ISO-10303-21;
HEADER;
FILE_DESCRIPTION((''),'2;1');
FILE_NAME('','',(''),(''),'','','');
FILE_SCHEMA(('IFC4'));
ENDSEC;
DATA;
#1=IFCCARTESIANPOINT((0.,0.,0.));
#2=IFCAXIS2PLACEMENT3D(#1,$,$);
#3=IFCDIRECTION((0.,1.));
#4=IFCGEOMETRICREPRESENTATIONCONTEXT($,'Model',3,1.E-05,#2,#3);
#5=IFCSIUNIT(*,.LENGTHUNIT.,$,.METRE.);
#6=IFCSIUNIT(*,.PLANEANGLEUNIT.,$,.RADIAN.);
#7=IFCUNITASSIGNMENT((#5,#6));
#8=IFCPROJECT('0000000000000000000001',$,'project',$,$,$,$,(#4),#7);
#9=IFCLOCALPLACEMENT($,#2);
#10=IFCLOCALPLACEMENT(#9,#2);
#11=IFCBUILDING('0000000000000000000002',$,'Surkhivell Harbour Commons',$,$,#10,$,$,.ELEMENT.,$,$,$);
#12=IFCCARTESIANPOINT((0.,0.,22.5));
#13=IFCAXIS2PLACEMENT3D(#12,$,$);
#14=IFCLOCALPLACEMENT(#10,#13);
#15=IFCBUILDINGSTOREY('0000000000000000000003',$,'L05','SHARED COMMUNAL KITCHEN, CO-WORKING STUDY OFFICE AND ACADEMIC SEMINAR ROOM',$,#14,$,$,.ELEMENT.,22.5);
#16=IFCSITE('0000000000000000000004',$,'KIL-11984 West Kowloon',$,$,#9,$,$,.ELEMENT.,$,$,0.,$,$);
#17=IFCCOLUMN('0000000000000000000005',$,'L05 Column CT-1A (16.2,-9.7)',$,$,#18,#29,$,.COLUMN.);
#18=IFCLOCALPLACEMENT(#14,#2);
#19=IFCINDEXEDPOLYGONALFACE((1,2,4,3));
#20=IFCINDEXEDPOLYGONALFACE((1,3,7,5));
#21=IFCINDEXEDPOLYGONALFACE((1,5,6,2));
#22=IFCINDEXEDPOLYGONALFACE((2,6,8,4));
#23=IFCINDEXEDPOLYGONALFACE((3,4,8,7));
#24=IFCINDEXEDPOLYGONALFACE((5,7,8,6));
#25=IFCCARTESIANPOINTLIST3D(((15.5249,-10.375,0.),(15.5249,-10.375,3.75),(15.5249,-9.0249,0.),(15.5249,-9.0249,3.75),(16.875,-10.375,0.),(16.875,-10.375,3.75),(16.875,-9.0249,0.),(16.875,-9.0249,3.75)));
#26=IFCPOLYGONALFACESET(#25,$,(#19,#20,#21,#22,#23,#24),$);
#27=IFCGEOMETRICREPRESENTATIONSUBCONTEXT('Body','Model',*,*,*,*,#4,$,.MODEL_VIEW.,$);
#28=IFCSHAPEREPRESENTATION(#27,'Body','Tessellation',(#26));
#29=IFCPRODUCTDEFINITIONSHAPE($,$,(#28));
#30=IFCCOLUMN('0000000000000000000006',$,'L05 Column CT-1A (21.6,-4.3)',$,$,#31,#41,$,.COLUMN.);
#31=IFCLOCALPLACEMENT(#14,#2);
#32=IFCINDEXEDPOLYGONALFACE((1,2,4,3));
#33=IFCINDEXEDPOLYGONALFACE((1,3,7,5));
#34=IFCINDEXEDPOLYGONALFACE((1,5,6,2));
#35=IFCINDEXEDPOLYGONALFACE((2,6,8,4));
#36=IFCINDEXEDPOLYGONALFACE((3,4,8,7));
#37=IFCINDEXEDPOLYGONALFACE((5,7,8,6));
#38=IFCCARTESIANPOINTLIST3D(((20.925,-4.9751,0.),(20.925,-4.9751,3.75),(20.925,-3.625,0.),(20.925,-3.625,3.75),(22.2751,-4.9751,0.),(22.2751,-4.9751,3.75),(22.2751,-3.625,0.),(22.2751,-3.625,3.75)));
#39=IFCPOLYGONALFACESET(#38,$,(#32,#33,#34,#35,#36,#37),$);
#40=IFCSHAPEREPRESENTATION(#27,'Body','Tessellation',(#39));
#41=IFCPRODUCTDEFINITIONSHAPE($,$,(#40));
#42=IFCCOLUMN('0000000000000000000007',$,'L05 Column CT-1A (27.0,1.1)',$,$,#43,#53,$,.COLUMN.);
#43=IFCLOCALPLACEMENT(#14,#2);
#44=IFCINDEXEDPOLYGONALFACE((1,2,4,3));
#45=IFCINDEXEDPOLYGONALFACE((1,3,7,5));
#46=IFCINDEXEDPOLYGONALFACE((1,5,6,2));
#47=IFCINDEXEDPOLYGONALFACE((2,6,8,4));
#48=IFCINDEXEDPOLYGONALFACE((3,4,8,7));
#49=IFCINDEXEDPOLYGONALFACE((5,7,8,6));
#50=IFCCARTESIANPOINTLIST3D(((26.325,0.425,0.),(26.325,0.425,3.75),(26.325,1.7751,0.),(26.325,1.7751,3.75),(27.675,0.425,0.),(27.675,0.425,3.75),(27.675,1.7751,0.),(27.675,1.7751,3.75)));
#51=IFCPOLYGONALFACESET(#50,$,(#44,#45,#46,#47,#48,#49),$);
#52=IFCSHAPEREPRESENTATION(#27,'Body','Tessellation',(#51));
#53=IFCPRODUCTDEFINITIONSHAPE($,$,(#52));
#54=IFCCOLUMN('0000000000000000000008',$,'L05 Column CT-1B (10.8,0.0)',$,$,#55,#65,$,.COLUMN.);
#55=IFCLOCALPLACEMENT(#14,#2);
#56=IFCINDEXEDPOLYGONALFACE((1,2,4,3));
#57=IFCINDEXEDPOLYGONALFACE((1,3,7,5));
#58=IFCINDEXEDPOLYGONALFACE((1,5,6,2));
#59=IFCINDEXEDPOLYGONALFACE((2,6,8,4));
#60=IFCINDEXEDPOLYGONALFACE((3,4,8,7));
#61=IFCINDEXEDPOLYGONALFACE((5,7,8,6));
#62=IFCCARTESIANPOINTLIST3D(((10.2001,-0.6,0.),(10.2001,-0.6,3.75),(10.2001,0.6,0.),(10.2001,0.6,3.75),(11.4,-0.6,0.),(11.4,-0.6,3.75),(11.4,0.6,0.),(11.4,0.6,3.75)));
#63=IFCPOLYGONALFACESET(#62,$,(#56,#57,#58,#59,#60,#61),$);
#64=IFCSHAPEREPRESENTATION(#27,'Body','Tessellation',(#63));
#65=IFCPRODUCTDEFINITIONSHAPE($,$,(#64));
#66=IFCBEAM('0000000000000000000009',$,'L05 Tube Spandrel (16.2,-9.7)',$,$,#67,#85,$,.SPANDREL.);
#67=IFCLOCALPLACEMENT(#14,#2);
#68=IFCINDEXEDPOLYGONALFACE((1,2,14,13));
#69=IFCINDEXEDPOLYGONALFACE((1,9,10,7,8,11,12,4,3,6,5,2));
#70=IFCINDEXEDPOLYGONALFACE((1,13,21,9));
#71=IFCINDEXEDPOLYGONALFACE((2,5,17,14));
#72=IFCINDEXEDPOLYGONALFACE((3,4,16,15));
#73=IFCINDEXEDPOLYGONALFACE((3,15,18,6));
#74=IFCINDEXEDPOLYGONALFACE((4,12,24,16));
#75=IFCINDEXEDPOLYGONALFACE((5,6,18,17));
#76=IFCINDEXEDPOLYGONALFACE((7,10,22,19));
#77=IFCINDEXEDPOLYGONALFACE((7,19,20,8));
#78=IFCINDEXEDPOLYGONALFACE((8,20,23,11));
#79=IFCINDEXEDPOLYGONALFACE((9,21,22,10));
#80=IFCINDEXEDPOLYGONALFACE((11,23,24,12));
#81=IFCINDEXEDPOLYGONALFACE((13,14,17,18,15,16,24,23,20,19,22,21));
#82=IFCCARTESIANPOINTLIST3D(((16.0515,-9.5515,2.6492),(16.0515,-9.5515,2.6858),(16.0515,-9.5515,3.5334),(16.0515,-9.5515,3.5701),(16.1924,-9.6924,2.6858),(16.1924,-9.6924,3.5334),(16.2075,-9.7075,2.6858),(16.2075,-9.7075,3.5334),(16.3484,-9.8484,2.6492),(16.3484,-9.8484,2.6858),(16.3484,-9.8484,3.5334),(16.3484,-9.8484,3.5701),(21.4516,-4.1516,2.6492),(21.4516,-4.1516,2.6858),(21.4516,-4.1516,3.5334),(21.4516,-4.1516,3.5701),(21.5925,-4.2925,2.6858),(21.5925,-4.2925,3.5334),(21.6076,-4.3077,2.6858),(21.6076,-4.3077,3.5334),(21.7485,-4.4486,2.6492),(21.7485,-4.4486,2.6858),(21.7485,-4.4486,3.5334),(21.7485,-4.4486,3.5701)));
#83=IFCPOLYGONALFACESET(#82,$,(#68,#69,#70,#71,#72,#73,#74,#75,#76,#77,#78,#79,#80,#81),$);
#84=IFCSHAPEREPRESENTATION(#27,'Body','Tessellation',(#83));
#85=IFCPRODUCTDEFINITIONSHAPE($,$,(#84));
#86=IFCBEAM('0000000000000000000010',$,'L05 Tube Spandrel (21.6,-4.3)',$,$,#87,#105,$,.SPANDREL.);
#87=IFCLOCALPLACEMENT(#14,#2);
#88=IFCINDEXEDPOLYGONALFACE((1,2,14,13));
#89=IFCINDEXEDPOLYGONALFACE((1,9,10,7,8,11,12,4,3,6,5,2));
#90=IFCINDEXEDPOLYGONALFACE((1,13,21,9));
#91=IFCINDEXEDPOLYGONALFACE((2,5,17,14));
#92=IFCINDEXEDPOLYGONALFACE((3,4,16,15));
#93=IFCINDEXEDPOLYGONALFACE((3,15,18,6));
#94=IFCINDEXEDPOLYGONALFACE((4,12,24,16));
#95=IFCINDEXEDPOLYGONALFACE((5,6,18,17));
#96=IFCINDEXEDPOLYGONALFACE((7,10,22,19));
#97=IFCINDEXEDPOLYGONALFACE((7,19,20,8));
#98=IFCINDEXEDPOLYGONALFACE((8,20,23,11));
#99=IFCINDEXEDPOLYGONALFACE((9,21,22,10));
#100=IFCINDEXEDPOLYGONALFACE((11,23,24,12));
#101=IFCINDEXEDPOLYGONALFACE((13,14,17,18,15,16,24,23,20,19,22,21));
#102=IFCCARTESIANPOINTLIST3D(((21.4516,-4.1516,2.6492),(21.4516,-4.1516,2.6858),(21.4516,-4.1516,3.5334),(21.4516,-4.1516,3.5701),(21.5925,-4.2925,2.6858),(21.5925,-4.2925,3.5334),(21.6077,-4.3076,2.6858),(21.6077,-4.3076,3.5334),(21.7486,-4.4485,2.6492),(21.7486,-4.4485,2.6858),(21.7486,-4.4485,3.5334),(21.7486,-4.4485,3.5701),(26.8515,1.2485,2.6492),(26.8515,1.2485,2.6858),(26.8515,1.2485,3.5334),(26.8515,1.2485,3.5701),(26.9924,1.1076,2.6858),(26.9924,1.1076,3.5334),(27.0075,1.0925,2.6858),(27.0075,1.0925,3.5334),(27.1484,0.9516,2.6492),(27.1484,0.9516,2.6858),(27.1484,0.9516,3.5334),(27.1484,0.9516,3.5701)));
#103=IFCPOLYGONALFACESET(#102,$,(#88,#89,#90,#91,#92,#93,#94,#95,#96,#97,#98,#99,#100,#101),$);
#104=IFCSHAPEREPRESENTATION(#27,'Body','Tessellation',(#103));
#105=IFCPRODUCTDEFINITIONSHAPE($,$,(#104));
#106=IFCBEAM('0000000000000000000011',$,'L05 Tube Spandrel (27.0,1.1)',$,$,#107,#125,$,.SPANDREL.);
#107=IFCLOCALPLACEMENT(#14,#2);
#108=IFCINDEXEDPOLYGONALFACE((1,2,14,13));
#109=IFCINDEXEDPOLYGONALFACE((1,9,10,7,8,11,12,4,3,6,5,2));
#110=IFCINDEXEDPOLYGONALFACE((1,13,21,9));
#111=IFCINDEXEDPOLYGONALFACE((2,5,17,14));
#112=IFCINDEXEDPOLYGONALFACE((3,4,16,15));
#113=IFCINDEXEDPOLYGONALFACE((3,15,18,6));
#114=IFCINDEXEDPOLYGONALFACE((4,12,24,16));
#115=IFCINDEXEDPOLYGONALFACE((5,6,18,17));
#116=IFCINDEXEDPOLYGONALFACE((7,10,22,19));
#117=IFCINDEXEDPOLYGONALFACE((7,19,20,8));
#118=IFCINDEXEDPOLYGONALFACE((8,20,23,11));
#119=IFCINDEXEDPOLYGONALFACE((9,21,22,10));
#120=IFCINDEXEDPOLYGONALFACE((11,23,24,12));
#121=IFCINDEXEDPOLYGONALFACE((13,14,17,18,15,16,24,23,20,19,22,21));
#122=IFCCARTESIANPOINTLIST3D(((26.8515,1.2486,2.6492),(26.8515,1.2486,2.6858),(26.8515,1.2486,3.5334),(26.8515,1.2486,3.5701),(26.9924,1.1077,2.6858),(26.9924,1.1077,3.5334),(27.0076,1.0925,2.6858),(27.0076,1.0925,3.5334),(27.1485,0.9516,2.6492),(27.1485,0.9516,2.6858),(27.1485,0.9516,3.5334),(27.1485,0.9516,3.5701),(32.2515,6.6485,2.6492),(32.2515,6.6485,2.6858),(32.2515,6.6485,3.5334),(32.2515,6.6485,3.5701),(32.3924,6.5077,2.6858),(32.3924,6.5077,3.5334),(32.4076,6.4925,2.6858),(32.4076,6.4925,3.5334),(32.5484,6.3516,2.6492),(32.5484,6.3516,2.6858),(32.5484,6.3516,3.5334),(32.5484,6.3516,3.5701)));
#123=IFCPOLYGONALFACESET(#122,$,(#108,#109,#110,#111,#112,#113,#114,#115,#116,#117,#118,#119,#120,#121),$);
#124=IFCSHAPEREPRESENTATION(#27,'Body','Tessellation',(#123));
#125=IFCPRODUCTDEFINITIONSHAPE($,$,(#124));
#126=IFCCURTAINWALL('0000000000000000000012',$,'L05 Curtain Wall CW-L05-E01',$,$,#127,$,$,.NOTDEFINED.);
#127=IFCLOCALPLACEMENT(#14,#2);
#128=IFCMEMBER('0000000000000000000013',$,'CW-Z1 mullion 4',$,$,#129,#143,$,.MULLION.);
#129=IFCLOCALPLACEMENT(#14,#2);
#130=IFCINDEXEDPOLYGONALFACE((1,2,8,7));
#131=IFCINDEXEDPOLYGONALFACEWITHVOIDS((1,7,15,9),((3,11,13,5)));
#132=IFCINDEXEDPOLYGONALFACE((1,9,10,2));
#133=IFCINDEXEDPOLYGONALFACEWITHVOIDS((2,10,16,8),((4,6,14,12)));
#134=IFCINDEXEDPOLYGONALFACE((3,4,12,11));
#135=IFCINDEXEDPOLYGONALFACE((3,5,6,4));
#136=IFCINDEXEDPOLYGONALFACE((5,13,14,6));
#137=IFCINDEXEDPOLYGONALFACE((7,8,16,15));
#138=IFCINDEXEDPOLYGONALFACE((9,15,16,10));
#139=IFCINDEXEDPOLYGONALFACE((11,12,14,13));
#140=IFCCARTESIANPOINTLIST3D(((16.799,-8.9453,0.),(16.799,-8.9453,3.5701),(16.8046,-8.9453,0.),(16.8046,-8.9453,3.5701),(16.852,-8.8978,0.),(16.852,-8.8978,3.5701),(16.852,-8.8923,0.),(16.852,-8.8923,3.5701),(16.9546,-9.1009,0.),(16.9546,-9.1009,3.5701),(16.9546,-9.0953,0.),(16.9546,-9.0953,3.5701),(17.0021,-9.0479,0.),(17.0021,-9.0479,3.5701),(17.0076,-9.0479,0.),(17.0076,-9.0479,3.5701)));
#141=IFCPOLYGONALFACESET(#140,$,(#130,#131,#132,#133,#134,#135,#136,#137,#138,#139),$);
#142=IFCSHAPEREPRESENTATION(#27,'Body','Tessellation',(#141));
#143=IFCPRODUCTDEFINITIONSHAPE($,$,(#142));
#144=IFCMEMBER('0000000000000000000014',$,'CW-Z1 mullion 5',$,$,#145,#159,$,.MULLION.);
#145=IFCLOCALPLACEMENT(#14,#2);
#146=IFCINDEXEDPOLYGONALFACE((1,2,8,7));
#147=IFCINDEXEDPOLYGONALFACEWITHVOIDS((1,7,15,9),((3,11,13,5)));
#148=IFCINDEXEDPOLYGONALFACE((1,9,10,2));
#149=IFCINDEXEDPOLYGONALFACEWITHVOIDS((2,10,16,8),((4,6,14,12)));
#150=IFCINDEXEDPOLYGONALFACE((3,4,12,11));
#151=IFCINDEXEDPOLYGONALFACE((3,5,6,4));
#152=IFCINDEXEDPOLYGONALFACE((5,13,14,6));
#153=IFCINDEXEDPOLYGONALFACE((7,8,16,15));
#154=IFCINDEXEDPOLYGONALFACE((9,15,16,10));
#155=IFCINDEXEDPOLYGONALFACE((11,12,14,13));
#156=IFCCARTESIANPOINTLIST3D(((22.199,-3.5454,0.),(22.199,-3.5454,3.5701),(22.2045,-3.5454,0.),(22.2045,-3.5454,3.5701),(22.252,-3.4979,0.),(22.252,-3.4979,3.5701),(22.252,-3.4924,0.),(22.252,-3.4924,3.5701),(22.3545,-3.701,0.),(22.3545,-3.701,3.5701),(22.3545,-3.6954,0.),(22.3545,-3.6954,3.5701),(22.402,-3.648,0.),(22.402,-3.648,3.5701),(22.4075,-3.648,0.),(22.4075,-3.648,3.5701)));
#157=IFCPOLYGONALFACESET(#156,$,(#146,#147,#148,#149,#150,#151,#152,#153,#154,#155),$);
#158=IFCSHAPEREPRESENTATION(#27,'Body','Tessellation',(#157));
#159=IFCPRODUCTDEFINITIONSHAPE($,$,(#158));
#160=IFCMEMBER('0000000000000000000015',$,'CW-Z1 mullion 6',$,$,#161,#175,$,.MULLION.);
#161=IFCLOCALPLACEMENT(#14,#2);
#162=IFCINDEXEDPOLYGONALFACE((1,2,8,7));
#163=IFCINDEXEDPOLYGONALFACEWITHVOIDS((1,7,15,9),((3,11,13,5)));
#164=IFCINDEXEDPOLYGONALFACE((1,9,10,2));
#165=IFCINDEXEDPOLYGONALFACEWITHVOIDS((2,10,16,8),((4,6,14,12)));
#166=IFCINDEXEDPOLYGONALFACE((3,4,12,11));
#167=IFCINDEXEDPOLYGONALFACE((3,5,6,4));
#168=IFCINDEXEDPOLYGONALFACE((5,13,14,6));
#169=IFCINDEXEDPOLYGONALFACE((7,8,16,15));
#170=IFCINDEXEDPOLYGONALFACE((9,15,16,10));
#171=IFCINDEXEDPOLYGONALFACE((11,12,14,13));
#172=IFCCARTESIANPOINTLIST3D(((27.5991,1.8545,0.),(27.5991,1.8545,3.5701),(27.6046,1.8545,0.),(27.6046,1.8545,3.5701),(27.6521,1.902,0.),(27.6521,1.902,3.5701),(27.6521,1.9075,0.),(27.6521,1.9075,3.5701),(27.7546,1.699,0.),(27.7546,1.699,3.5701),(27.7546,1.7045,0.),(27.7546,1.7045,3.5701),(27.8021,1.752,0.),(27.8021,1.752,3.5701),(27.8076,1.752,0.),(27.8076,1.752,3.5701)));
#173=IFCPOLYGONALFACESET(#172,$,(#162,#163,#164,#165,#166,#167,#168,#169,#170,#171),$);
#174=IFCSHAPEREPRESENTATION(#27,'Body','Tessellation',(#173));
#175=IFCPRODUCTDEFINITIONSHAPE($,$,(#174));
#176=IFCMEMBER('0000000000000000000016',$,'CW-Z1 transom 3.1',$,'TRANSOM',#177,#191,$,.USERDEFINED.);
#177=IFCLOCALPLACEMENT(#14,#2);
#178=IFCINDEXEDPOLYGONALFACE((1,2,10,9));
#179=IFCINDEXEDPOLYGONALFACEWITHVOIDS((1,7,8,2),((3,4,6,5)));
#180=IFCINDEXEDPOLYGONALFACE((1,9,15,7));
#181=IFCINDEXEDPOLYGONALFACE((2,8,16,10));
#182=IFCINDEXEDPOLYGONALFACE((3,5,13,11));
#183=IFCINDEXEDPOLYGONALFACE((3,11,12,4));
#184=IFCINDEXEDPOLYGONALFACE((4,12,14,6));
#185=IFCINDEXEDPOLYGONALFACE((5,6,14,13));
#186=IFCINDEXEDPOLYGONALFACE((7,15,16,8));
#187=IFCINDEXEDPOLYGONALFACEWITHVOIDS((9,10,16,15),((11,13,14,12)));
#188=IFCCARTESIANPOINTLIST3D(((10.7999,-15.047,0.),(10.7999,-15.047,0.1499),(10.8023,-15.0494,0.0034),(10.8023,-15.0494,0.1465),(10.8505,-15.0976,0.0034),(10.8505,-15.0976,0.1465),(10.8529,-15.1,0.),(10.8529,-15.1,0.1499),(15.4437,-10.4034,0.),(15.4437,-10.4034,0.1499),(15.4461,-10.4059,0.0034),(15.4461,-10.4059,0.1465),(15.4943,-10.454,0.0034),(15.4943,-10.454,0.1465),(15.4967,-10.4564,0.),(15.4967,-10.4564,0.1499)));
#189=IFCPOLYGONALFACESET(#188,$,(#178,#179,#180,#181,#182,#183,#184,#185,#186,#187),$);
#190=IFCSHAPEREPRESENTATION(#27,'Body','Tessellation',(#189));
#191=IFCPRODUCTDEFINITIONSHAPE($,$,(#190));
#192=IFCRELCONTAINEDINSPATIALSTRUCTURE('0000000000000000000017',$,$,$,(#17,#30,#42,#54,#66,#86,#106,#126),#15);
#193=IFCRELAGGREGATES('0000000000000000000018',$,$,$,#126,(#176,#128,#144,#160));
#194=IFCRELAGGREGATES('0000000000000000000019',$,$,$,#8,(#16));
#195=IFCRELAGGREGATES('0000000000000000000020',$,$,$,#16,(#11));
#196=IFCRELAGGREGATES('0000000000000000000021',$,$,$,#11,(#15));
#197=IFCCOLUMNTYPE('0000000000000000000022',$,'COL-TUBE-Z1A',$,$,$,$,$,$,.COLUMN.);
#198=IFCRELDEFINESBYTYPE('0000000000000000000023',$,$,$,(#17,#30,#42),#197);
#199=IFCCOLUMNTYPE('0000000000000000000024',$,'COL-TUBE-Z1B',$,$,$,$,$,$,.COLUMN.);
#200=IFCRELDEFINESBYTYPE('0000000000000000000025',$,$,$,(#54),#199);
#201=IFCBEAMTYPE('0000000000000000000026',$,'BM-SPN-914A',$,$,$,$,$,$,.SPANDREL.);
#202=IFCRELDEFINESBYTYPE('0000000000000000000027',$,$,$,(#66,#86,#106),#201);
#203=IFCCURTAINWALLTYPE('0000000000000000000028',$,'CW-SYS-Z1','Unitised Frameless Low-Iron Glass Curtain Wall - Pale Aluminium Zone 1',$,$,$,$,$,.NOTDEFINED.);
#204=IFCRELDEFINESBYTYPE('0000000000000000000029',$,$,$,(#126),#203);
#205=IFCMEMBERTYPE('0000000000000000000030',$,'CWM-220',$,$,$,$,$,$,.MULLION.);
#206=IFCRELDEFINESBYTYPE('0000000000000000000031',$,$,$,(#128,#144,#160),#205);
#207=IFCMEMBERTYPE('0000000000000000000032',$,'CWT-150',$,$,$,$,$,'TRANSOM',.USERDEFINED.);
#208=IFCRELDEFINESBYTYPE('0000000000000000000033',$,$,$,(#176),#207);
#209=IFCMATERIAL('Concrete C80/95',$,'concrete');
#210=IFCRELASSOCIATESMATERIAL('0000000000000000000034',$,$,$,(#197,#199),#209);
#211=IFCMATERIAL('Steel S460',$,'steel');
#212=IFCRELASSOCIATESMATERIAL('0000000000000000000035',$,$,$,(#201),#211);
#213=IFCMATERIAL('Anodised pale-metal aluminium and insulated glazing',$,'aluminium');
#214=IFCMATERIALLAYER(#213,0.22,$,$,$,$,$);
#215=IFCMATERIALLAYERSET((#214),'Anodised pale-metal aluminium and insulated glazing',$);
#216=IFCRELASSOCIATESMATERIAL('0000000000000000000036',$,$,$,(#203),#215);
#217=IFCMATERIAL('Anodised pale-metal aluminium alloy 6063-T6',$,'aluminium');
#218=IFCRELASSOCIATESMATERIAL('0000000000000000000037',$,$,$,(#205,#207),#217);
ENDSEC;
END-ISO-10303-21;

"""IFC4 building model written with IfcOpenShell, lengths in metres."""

from ifc_helpers import new_model, si_unit, direction, frame, origin, origin_2d, place, context, subcontext, project, spatial, rectangle, hollow_rectangle, i_section, extrude, material, layer, layer_set, material_profile, profile_set, type_object, element, aggregate, save


model = new_model("IFC4")

# Units and contexts
model_context = context("Model", 3, precision=1e-05, world=origin(), true_north=direction((0.0, 1.0)))
body_context = subcontext(model_context, "Body", "Model", "MODEL_VIEW")
ifc_project = project(units=[si_unit("LENGTHUNIT", "METRE"), si_unit("PLANEANGLEUNIT", "RADIAN")], contexts=[model_context])

# Site, building, storey
site_placement = place(None, origin())
site = spatial("IfcSite", under=ifc_project, at=site_placement, Name="KIL-11984 West Kowloon", CompositionType="ELEMENT", RefElevation=0.0)
building_placement = place(site_placement, origin())
building = spatial("IfcBuilding", under=site, at=building_placement, Name="Surkhivell Harbour Commons", CompositionType="ELEMENT")
storey_placement = place(building_placement, frame((0.0, 0.0, 22.5)))
storey = spatial("IfcBuildingStorey", under=building, at=storey_placement, Name="L05", Description="SHARED COMMUNAL KITCHEN, CO-WORKING STUDY OFFICE AND ACADEMIC SEMINAR ROOM", CompositionType="ELEMENT", Elevation=22.5)

# Columns
ifc_material_1 = material(Name="Concrete C80/95", Category="concrete")
ifc_material_profile_1 = material_profile(ifc_material_1, rectangle(XDim=1.3501, YDim=1.3501, at=origin_2d()), Name="RC-COL-1350x1350")
ifc_profile_set_1 = profile_set([ifc_material_profile_1], Name="Concrete C80/95")
column_type_1 = type_object("IfcColumnType", Name="COL-TUBE-Z1A", PredefinedType="COLUMN", material=ifc_profile_set_1)
for number, where, z_axis, x_axis, name in (
    (1, (16.2, -9.7, 0.0), (0.0, 0.0, 1.0), (1.0, 0.0, 0.0), "L05 Column CT-1A (16.2,-9.7)"),
    (2, (21.6001, -4.3, 0.0), (0.0, 0.0, 1.0), (1.0, 0.0, 0.0), "L05 Column CT-1A (21.6,-4.3)"),
    (3, (27.0, 1.1001, 0.0), (0.0, 0.0, 1.0), (1.0, 0.0, 0.0), "L05 Column CT-1A (27.0,1.1)"),
):
    element("IfcColumn", number, at=place(storey_placement, frame(where, z_axis=z_axis, x_axis=x_axis)), inside=storey, type_object=column_type_1, Name=name, PredefinedType="COLUMN", context=body_context, shape_type="SweptSolid", body=[
        extrude(rectangle(XDim=1.3501, YDim=1.3501, at=origin_2d()), origin(), (0.0, 0.0, 1.0), 3.75),
    ])
ifc_material_profile_2 = material_profile(ifc_material_1, rectangle(XDim=1.2, YDim=1.2, at=origin_2d()), Name="RC-COL-1200x1200")
ifc_profile_set_2 = profile_set([ifc_material_profile_2], Name="Concrete C80/95")
column_type_2 = type_object("IfcColumnType", Name="COL-TUBE-Z1B", PredefinedType="COLUMN", material=ifc_profile_set_2)
column_placement = place(storey_placement, frame((10.8, 0.0, 0.0), z_axis=(0.0, 0.0, 1.0), x_axis=(1.0, 0.0, 0.0)))
element("IfcColumn", 4, at=column_placement, inside=storey, type_object=column_type_2, Name="L05 Column CT-1B (10.8,0.0)", PredefinedType="COLUMN", context=body_context, shape_type="SweptSolid", body=[
    extrude(rectangle(XDim=1.2, YDim=1.2, at=origin_2d()), origin(), (0.0, 0.0, 1.0), 3.75),
])

# Beams
ifc_material_2 = material(Name="Steel S460", Category="steel")
ifc_material_profile_3 = material_profile(ifc_material_2, i_section(OverallWidth=0.4199, OverallDepth=0.9209, WebThickness=0.0215, FlangeThickness=0.0366, at=origin_2d()), Name="UB914x419x388")
ifc_profile_set_3 = profile_set([ifc_material_profile_3], Name="Steel S460")
beam_type = type_object("IfcBeamType", Name="BM-SPN-914A", PredefinedType="SPANDREL", material=ifc_profile_set_3)
for number, where, z_axis, x_axis, name in (
    (5, (16.2, -9.7, 3.1096), (0.707123, 0.707091, 0.0), (-0.707091, 0.707123, 0.0), "L05 Tube Spandrel (16.2,-9.7)"),
    (6, (21.6001, -4.3, 3.1096), (0.707091, 0.707123, 0.0), (-0.707123, 0.707091, 0.0), "L05 Tube Spandrel (21.6,-4.3)"),
    (7, (27.0, 1.1001, 3.1096), (0.707107, 0.707107, 0.0), (-0.707107, 0.707107, 0.0), "L05 Tube Spandrel (27.0,1.1)"),
):
    element("IfcBeam", number, at=place(storey_placement, frame(where, z_axis=z_axis, x_axis=x_axis)), inside=storey, type_object=beam_type, Name=name, PredefinedType="SPANDREL", context=body_context, shape_type="SweptSolid", body=[
        extrude(i_section(OverallWidth=0.4199, OverallDepth=0.9209, WebThickness=0.0215, FlangeThickness=0.0366, at=origin_2d()), origin(), (0.0, 0.0, 1.0), 7.6367),
    ])

# Curtain wall, members
ifc_material_3 = material(Name="Anodised pale-metal aluminium and insulated glazing", Category="aluminium")
ifc_layer_1 = layer(ifc_material_3, 0.22)
ifc_layer_set_1 = layer_set([ifc_layer_1], Name="Anodised pale-metal aluminium and insulated glazing")
curtain_wall_type = type_object("IfcCurtainWallType", Name="CW-SYS-Z1", Description="Unitised Frameless Low-Iron Glass Curtain Wall - Pale Aluminium Zone 1", PredefinedType="NOTDEFINED", material=ifc_layer_set_1)
curtain_wall_placement = place(storey_placement, origin())
curtain_wall = element("IfcCurtainWall", 8, at=curtain_wall_placement, inside=storey, type_object=curtain_wall_type, Name="L05 Curtain Wall CW-L05-E01", PredefinedType="NOTDEFINED")
ifc_material_4 = material(Name="Anodised pale-metal aluminium alloy 6063-T6", Category="aluminium")
ifc_material_profile_4 = material_profile(ifc_material_4, hollow_rectangle(XDim=0.075, YDim=0.22, WallThickness=0.0039, at=origin_2d()), Name="ALU-MULL-75x220")
ifc_profile_set_4 = profile_set([ifc_material_profile_4], Name="Anodised pale-metal aluminium alloy 6063-T6")
member_type_1 = type_object("IfcMemberType", Name="CWM-220", PredefinedType="MULLION", material=ifc_profile_set_4)
member_1_placement = place(storey_placement, frame((16.9033, -8.9966, 0.0), z_axis=(0.0, 0.0, 1.0), x_axis=(0.707107, 0.707107, 0.0)))
member_1 = element("IfcMember", 9, at=member_1_placement, type_object=member_type_1, Name="CW-Z1 mullion 4", PredefinedType="MULLION", context=body_context, shape_type="SweptSolid", body=[
    extrude(hollow_rectangle(XDim=0.075, YDim=0.22, WallThickness=0.0039, at=origin_2d()), origin(), (0.0, 0.0, 1.0), 3.5701),
])
member_2_placement = place(storey_placement, frame((22.3032, -3.5967, 0.0), z_axis=(0.0, 0.0, 1.0), x_axis=(0.707107, 0.707107, 0.0)))
member_2 = element("IfcMember", 10, at=member_2_placement, type_object=member_type_1, Name="CW-Z1 mullion 5", PredefinedType="MULLION", context=body_context, shape_type="SweptSolid", body=[
    extrude(hollow_rectangle(XDim=0.075, YDim=0.22, WallThickness=0.0039, at=origin_2d()), origin(), (0.0, 0.0, 1.0), 3.5701),
])
member_3_placement = place(storey_placement, frame((27.7034, 1.8032, 0.0), z_axis=(0.0, 0.0, 1.0), x_axis=(0.707107, 0.707107, 0.0)))
member_3 = element("IfcMember", 11, at=member_3_placement, type_object=member_type_1, Name="CW-Z1 mullion 6", PredefinedType="MULLION", context=body_context, shape_type="SweptSolid", body=[
    extrude(hollow_rectangle(XDim=0.075, YDim=0.22, WallThickness=0.0039, at=origin_2d()), origin(), (0.0, 0.0, 1.0), 3.5701),
])
ifc_material_profile_5 = material_profile(ifc_material_4, hollow_rectangle(XDim=0.075, YDim=0.1499, WallThickness=0.0034, at=origin_2d()), Name="ALU-TRAN-75x150")
ifc_profile_set_5 = profile_set([ifc_material_profile_5], Name="Anodised pale-metal aluminium alloy 6063-T6")
member_type_2 = type_object("IfcMemberType", Name="CWT-150", ElementType="TRANSOM", PredefinedType="USERDEFINED", material=ifc_profile_set_5)
member_4_placement = place(storey_placement, frame((10.8264, -15.0735, 0.075), z_axis=(0.707125, 0.707088, 0.0), x_axis=(-0.707088, 0.707125, 0.0)))
member_4 = element("IfcMember", 12, at=member_4_placement, type_object=member_type_2, Name="CW-Z1 transom 3.1", ObjectType="TRANSOM", PredefinedType="USERDEFINED", context=body_context, shape_type="SweptSolid", body=[
    extrude(hollow_rectangle(XDim=0.075, YDim=0.1499, WallThickness=0.0034, at=origin_2d()), origin(), (0.0, 0.0, 1.0), 6.5671),
])
aggregate(curtain_wall, [member_4, member_1, member_2, member_3])

save(model, "model.ifc")
